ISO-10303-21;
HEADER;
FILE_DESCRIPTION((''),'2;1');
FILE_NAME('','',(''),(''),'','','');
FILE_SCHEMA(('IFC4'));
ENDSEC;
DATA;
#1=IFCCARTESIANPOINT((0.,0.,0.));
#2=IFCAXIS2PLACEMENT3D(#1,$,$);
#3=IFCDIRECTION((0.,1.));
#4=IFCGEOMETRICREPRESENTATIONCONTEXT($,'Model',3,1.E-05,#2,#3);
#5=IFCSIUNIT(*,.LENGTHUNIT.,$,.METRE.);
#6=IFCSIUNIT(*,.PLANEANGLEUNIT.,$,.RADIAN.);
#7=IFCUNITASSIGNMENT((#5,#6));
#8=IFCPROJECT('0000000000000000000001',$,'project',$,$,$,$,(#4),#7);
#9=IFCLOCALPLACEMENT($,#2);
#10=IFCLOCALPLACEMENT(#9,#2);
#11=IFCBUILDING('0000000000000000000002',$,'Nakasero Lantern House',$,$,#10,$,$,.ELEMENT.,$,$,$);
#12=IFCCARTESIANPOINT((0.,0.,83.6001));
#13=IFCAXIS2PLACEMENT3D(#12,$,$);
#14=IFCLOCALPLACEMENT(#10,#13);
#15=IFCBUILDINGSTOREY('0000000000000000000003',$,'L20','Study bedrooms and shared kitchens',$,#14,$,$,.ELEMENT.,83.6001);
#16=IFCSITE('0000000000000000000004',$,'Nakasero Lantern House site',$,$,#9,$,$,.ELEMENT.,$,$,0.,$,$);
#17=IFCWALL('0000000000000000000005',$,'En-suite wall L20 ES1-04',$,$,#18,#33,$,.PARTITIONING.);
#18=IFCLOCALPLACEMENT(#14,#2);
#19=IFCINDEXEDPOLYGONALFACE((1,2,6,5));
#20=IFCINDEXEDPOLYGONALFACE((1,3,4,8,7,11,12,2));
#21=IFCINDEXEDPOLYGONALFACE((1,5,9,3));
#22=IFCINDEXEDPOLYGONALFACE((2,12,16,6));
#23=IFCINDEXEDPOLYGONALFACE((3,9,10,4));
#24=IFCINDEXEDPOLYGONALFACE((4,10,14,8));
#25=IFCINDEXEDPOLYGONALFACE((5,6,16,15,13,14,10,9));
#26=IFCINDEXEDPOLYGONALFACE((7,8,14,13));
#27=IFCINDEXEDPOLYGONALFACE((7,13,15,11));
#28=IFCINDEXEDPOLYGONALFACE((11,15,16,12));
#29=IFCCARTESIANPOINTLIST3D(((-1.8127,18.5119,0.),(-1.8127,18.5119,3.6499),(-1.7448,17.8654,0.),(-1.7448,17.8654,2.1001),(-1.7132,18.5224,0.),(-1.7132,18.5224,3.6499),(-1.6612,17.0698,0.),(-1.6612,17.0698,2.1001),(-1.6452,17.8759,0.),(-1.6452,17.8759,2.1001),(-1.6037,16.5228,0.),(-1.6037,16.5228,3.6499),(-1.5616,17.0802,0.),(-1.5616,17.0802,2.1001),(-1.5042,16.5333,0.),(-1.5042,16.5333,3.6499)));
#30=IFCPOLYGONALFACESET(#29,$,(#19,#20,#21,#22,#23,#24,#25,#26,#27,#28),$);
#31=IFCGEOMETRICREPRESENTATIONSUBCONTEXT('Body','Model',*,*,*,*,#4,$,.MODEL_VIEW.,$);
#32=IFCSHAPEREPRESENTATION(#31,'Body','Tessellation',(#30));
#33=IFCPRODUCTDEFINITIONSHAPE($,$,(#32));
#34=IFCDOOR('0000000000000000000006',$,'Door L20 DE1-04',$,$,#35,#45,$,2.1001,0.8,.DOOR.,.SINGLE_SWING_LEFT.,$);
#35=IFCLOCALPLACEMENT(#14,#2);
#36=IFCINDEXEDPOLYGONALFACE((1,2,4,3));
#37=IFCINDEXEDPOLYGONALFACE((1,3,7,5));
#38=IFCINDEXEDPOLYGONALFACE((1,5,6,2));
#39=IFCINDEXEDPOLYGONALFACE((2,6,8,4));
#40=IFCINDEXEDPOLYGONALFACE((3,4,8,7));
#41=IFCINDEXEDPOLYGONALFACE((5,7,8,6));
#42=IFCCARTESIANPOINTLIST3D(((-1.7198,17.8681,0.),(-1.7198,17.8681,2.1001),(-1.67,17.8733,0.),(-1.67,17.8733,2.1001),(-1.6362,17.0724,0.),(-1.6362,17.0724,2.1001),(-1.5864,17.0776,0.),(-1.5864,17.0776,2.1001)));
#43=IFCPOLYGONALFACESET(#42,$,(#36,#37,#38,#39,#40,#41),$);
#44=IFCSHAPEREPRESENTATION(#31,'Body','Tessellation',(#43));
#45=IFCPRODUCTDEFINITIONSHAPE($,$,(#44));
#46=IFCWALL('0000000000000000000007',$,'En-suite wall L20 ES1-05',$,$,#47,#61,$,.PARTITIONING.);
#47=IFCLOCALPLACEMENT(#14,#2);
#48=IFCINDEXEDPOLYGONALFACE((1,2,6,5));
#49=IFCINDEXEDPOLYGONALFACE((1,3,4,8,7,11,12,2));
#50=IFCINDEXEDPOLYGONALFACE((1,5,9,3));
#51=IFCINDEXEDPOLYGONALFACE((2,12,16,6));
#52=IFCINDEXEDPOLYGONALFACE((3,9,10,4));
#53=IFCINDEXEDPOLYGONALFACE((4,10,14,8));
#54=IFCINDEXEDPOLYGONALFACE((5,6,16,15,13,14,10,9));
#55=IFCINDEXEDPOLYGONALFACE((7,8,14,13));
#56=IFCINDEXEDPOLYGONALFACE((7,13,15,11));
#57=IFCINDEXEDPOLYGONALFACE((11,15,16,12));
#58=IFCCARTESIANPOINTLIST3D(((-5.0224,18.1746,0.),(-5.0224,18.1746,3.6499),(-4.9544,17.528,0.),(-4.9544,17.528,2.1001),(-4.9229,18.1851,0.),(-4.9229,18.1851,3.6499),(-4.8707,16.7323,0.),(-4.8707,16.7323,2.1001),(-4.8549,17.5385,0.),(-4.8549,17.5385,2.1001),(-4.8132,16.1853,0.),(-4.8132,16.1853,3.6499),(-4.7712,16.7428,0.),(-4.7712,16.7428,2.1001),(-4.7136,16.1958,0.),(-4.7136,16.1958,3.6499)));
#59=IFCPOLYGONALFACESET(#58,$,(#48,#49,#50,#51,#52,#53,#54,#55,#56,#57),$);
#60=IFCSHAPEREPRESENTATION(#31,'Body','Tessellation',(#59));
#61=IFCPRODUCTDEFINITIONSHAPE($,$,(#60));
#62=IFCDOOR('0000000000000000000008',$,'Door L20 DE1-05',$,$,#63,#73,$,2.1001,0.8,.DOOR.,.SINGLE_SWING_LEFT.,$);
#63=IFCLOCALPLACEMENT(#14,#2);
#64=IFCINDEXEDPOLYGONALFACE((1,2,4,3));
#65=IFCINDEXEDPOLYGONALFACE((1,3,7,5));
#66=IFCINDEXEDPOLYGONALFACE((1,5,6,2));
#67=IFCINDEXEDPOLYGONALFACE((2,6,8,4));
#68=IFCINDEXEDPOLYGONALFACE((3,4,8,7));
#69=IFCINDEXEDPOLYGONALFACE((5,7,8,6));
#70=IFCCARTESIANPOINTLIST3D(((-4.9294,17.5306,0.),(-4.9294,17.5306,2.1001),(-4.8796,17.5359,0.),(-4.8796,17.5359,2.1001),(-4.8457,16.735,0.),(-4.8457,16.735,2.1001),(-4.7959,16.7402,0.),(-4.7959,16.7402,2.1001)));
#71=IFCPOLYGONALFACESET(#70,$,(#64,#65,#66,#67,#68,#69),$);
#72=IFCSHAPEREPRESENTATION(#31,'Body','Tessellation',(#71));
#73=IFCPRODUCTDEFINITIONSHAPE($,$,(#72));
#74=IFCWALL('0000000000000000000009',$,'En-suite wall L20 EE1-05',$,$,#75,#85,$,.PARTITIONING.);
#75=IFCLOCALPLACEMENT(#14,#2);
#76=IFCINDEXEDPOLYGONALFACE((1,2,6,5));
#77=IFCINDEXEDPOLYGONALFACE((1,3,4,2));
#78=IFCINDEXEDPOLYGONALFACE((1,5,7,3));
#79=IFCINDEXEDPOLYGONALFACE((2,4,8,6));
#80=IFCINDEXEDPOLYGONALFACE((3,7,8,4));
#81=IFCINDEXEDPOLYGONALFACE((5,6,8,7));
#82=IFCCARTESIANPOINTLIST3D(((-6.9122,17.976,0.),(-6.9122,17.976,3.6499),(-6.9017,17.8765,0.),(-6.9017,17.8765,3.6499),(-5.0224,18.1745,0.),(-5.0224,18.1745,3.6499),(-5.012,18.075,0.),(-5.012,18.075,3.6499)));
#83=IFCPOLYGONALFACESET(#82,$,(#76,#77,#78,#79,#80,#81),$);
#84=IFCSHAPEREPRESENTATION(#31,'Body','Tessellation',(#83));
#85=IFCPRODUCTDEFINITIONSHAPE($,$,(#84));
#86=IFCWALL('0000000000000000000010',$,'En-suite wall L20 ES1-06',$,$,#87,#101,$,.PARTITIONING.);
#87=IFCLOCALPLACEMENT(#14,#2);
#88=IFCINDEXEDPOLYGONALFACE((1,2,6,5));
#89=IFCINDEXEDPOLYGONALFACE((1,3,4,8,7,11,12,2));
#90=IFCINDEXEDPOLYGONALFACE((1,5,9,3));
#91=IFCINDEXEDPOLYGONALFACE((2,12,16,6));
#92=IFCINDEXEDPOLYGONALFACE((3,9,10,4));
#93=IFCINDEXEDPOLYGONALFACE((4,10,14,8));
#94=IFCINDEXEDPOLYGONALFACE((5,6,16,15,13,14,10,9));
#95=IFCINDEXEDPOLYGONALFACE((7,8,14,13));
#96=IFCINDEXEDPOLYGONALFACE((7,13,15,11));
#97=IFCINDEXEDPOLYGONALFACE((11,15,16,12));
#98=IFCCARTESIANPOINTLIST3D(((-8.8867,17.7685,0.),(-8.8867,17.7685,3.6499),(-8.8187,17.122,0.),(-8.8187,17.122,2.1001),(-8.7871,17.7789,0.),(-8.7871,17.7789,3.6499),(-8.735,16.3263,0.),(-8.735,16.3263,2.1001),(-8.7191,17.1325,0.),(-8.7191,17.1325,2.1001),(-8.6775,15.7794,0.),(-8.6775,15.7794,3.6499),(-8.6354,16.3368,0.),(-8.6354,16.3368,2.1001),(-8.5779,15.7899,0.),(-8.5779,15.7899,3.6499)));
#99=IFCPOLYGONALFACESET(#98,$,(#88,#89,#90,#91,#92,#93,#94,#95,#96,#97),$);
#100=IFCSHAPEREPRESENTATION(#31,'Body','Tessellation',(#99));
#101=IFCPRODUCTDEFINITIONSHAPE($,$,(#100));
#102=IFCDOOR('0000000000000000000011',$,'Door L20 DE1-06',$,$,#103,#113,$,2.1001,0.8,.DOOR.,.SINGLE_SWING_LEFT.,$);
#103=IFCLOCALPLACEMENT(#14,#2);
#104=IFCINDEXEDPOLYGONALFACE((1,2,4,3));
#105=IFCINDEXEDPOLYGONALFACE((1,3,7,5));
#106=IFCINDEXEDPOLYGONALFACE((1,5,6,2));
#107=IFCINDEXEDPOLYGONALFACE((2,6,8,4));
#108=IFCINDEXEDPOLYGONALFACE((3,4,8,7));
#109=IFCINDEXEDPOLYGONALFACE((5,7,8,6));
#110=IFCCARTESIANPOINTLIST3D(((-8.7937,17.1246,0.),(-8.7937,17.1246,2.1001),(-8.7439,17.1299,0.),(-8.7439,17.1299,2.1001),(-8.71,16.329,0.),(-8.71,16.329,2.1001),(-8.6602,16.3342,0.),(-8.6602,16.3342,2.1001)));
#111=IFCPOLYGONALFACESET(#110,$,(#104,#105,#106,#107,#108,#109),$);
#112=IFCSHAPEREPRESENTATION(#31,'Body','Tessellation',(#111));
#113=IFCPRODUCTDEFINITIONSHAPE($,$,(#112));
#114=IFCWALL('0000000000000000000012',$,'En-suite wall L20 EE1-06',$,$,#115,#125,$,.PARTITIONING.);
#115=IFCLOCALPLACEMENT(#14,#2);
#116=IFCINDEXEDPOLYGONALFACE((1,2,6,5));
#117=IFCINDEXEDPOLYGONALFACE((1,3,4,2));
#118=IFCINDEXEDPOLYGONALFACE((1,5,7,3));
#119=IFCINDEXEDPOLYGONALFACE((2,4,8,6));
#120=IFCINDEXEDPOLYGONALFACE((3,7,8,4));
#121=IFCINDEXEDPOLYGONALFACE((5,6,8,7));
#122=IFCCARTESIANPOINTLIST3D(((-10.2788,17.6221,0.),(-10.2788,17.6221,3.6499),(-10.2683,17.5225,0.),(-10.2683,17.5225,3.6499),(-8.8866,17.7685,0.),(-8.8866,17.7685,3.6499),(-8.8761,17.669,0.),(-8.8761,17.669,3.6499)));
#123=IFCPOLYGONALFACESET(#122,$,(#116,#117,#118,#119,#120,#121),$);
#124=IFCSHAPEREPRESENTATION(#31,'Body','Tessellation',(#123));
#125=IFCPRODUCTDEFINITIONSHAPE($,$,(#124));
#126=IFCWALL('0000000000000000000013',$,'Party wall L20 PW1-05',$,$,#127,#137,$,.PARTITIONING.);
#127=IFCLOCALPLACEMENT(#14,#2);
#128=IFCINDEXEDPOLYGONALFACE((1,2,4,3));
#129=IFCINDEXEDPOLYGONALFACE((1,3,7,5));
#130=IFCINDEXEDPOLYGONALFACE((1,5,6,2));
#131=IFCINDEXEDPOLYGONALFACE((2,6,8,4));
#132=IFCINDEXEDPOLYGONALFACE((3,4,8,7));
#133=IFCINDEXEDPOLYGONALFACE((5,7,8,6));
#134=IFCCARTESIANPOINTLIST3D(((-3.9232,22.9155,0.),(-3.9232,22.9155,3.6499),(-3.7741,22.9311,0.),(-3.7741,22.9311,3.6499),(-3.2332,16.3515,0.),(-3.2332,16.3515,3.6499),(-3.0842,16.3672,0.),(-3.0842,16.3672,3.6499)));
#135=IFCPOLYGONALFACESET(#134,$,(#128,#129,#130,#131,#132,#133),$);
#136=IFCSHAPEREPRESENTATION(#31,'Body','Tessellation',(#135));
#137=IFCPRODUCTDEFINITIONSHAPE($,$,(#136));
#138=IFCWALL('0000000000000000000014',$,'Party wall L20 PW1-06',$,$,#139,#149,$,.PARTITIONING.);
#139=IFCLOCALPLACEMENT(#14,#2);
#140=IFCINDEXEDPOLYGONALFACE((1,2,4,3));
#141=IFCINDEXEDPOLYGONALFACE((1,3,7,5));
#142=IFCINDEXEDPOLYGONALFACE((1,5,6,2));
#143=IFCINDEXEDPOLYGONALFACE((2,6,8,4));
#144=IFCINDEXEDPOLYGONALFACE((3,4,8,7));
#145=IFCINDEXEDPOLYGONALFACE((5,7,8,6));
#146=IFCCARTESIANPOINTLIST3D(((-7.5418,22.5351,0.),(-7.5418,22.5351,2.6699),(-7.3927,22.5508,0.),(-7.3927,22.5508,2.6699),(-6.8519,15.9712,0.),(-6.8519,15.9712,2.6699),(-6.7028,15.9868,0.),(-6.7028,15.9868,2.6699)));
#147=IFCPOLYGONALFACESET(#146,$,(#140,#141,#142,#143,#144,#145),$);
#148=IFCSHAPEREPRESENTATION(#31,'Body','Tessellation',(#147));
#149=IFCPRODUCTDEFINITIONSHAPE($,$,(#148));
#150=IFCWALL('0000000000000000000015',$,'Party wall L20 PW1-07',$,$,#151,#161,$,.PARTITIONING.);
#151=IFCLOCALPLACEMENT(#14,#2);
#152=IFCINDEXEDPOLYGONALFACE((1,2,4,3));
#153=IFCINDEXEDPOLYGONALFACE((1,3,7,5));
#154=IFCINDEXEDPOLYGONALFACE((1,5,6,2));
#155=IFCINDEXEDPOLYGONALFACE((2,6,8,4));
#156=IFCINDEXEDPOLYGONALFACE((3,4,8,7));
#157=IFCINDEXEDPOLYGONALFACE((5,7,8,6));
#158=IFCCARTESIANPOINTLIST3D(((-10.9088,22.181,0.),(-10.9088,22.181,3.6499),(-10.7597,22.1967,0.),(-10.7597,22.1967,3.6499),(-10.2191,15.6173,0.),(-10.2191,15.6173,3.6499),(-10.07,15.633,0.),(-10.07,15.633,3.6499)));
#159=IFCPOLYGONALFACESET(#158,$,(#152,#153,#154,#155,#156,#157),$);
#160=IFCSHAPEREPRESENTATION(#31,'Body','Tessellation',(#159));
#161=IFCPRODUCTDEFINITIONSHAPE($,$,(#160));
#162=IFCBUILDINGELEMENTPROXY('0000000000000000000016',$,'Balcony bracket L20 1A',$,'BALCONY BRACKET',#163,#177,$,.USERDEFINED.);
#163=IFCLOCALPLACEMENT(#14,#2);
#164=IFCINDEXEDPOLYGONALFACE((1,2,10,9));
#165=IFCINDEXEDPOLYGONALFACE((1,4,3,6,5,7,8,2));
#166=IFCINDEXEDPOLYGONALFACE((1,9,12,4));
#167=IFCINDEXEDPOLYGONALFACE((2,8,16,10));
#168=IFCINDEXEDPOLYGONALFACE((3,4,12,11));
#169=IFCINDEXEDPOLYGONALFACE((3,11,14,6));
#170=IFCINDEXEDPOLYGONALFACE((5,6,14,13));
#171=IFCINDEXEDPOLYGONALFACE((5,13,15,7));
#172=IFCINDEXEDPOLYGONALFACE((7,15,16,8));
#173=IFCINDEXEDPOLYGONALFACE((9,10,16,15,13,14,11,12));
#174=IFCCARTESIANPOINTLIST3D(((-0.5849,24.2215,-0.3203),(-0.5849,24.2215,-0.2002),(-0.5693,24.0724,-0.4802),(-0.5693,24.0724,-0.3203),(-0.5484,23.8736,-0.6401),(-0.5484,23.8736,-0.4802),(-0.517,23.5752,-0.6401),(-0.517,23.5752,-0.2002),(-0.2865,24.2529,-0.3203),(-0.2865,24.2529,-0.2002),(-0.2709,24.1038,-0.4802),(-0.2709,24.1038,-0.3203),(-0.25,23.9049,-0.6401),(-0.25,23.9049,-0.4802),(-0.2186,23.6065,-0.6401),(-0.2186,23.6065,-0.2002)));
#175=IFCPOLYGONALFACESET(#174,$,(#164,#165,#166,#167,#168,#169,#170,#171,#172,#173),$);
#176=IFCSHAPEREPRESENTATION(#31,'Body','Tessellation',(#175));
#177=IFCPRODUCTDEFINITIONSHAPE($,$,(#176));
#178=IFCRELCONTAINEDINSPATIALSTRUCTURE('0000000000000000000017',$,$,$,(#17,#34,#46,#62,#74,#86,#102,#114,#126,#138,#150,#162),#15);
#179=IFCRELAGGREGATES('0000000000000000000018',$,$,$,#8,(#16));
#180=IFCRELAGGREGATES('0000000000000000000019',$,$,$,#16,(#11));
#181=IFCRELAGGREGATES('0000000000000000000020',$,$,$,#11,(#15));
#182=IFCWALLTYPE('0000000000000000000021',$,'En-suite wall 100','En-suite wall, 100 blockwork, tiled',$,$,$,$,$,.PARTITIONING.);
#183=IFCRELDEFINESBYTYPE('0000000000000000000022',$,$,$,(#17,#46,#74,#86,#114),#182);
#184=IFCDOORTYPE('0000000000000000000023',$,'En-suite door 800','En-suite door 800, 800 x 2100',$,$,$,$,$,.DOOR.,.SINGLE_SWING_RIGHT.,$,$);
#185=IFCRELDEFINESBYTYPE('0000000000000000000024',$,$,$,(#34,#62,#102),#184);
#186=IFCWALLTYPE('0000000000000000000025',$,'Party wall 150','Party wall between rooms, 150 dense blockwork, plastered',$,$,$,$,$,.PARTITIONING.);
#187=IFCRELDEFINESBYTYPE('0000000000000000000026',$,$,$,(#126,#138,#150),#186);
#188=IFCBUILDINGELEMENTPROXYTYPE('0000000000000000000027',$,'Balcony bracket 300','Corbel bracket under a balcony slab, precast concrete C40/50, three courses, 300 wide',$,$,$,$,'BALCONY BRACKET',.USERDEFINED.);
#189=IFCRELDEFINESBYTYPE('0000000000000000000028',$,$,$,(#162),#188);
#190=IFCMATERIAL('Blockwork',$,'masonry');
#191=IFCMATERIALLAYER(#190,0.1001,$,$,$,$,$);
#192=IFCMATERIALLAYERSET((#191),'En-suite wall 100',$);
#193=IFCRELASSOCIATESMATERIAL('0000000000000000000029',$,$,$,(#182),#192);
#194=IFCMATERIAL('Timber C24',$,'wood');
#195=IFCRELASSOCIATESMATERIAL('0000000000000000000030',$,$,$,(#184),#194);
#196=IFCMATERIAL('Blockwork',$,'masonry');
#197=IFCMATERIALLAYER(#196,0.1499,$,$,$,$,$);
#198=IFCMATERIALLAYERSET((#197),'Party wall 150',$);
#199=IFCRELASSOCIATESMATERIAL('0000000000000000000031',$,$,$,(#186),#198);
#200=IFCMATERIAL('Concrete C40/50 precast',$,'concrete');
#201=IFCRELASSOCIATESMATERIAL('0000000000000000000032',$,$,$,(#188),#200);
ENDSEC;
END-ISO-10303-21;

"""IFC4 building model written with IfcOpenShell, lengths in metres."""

from ifc_helpers import new_model, si_unit, direction, frame, frame_2d, origin, place, context, subcontext, project, spatial, polyline, rectangle, outline, extrude, material, layer, layer_set, type_object, element, fill, save


model = new_model("IFC4")

# Units and contexts
model_context = context("Model", 3, precision=1e-05, world=origin(), true_north=direction((0.0, 1.0)))
body_context = subcontext(model_context, "Body", "Model", "MODEL_VIEW")
ifc_project = project(units=[si_unit("LENGTHUNIT", "METRE"), si_unit("PLANEANGLEUNIT", "RADIAN")], contexts=[model_context])

# Site, building, storey
site_placement = place(None, origin())
site = spatial("IfcSite", under=ifc_project, at=site_placement, Name="Nakasero Lantern House site", CompositionType="ELEMENT", RefElevation=0.0)
building_placement = place(site_placement, origin())
building = spatial("IfcBuilding", under=site, at=building_placement, Name="Nakasero Lantern House", CompositionType="ELEMENT")
storey_placement = place(building_placement, frame((0.0, 0.0, 83.6001)))
storey = spatial("IfcBuildingStorey", under=building, at=storey_placement, Name="L20", Description="Study bedrooms and shared kitchens", CompositionType="ELEMENT", Elevation=83.6001)

# Walls, openings, doors
ifc_material_1 = material(Name="Blockwork", Category="masonry")
ifc_layer_1 = layer(ifc_material_1, 0.1001)
ifc_layer_set_1 = layer_set([ifc_layer_1], Name="En-suite wall 100")
wall_type_1 = type_object("IfcWallType", Name="En-suite wall 100", Description="En-suite wall, 100 blockwork, tiled", PredefinedType="PARTITIONING", material=ifc_layer_set_1)
wall_1_placement = place(storey_placement, frame((-1.554, 16.5281, 0.0), z_axis=(0.0, 0.0, 1.0), x_axis=(-0.104494, 0.994526, 0.0)))
wall_1 = element("IfcWall", 1, at=wall_1_placement, inside=storey, type_object=wall_type_1, Name="En-suite wall L20 ES1-04", PredefinedType="PARTITIONING", context=body_context, shape_type="SweptSolid", body=[
    extrude(rectangle(XDim=2.0, YDim=0.1001, at=frame_2d((1.0, 0.0))), origin(), (0.0, 0.0, 1.0), 3.6499),
])
opening_1_placement = place(wall_1_placement, frame((0.55, 0.0, 0.0)))
opening_1 = element("IfcOpeningElement", 2, at=opening_1_placement, cuts=wall_1, PredefinedType="OPENING", context=body_context, shape_type="SweptSolid", body=[
    extrude(rectangle(XDim=0.8, YDim=2.1001, at=frame_2d((0.3999, 1.05))), frame((0.0, 0.0701, 0.0), z_axis=(0.0, -1.0, 0.0), x_axis=(1.0, 0.0, 0.0)), (0.0, 0.0, 1.0), 0.1401),
])
ifc_material_2 = material(Name="Timber C24", Category="wood")
door_type = type_object("IfcDoorType", Name="En-suite door 800", Description="En-suite door 800, 800 x 2100", OperationType="SINGLE_SWING_RIGHT", PredefinedType="DOOR", material=ifc_material_2)
door_1_placement = place(opening_1_placement, origin())
door_1 = element("IfcDoor", 3, at=door_1_placement, inside=storey, type_object=door_type, Name="Door L20 DE1-04", OperationType="SINGLE_SWING_LEFT", OverallHeight=2.1001, OverallWidth=0.8, PredefinedType="DOOR", context=body_context, shape_type="SweptSolid", body=[
    extrude(rectangle(XDim=0.8, YDim=2.1001, at=frame_2d((0.3999, 1.05))), frame((0.0, 0.0249, 0.0), z_axis=(0.0, -1.0, 0.0), x_axis=(1.0, 0.0, 0.0)), (0.0, 0.0, 1.0), 0.05),
])
fill(opening_1, door_1)
wall_2_placement = place(storey_placement, frame((-4.7634, 16.1907, 0.0), z_axis=(0.0, 0.0, 1.0), x_axis=(-0.104602, 0.994514, 0.0)))
wall_2 = element("IfcWall", 4, at=wall_2_placement, inside=storey, type_object=wall_type_1, Name="En-suite wall L20 ES1-05", PredefinedType="PARTITIONING", context=body_context, shape_type="SweptSolid", body=[
    extrude(rectangle(XDim=2.0002, YDim=0.1001, at=frame_2d((1.0, 0.0))), origin(), (0.0, 0.0, 1.0), 3.6499),
])
opening_2_placement = place(wall_2_placement, frame((0.55, 0.0, 0.0)))
opening_2 = element("IfcOpeningElement", 5, at=opening_2_placement, cuts=wall_2, PredefinedType="OPENING", context=body_context, shape_type="SweptSolid", body=[
    extrude(rectangle(XDim=0.8, YDim=2.1001, at=frame_2d((0.3999, 1.05))), frame((0.0, 0.0701, 0.0), z_axis=(0.0, -1.0, 0.0), x_axis=(1.0, 0.0, 0.0)), (0.0, 0.0, 1.0), 0.1401),
])
door_2_placement = place(opening_2_placement, origin())
door_2 = element("IfcDoor", 6, at=door_2_placement, inside=storey, type_object=door_type, Name="Door L20 DE1-05", OperationType="SINGLE_SWING_LEFT", OverallHeight=2.1001, OverallWidth=0.8, PredefinedType="DOOR", context=body_context, shape_type="SweptSolid", body=[
    extrude(rectangle(XDim=0.8, YDim=2.1001, at=frame_2d((0.3999, 1.05))), frame((0.0, 0.0249, 0.0), z_axis=(0.0, -1.0, 0.0), x_axis=(1.0, 0.0, 0.0)), (0.0, 0.0, 1.0), 0.05),
])
fill(opening_2, door_2)

# Wall
wall_3_placement = place(storey_placement, frame((-5.0171, 18.1248, 0.0), z_axis=(0.0, 0.0, 1.0), x_axis=(-0.994529, -0.104464, 0.0)))
element("IfcWall", 7, at=wall_3_placement, inside=storey, type_object=wall_type_1, Name="En-suite wall L20 EE1-05", PredefinedType="PARTITIONING", context=body_context, shape_type="SweptSolid", body=[
    extrude(rectangle(XDim=1.9001, YDim=0.1001, at=frame_2d((0.9502, 0.0))), origin(), (0.0, 0.0, 1.0), 3.6499),
])

# Wall, opening, door
wall_4_placement = place(storey_placement, frame((-8.6277, 15.7847, 0.0), z_axis=(0.0, 0.0, 1.0), x_axis=(-0.104615, 0.994513, 0.0)))
wall_4 = element("IfcWall", 8, at=wall_4_placement, inside=storey, type_object=wall_type_1, Name="En-suite wall L20 ES1-06", PredefinedType="PARTITIONING", context=body_context, shape_type="SweptSolid", body=[
    extrude(rectangle(XDim=2.0, YDim=0.1001, at=frame_2d((1.0, 0.0))), origin(), (0.0, 0.0, 1.0), 3.6499),
])
opening_3_placement = place(wall_4_placement, frame((0.55, 0.0, 0.0)))
opening_3 = element("IfcOpeningElement", 9, at=opening_3_placement, cuts=wall_4, PredefinedType="OPENING", context=body_context, shape_type="SweptSolid", body=[
    extrude(rectangle(XDim=0.8, YDim=2.1001, at=frame_2d((0.3999, 1.05))), frame((0.0, 0.0701, 0.0), z_axis=(0.0, -1.0, 0.0), x_axis=(1.0, 0.0, 0.0)), (0.0, 0.0, 1.0), 0.1401),
])
door_3_placement = place(opening_3_placement, origin())
door_3 = element("IfcDoor", 10, at=door_3_placement, inside=storey, type_object=door_type, Name="Door L20 DE1-06", OperationType="SINGLE_SWING_LEFT", OverallHeight=2.1001, OverallWidth=0.8, PredefinedType="DOOR", context=body_context, shape_type="SweptSolid", body=[
    extrude(rectangle(XDim=0.8, YDim=2.1001, at=frame_2d((0.3999, 1.05))), frame((0.0, 0.0249, 0.0), z_axis=(0.0, -1.0, 0.0), x_axis=(1.0, 0.0, 0.0)), (0.0, 0.0, 1.0), 0.05),
])
fill(opening_3, door_3)

# Walls
wall_5_placement = place(storey_placement, frame((-8.8813, 17.7188, 0.0), z_axis=(0.0, 0.0, 1.0), x_axis=(-0.994511, -0.10463, 0.0)))
element("IfcWall", 11, at=wall_5_placement, inside=storey, type_object=wall_type_1, Name="En-suite wall L20 EE1-06", PredefinedType="PARTITIONING", context=body_context, shape_type="SweptSolid", body=[
    extrude(rectangle(XDim=1.3999, YDim=0.1001, at=frame_2d((0.7, 0.0))), origin(), (0.0, 0.0, 1.0), 3.6499),
])
ifc_material_3 = material(Name="Blockwork", Category="masonry")
ifc_layer_2 = layer(ifc_material_3, 0.1499)
ifc_layer_set_2 = layer_set([ifc_layer_2], Name="Party wall 150")
wall_type_2 = type_object("IfcWallType", Name="Party wall 150", Description="Party wall between rooms, 150 dense blockwork, plastered", PredefinedType="PARTITIONING", material=ifc_layer_set_2)
wall_6_placement = place(storey_placement, frame((-3.1587, 16.3594, 0.0), z_axis=(0.0, 0.0, 1.0), x_axis=(-0.104535, 0.994521, 0.0)))
element("IfcWall", 12, at=wall_6_placement, inside=storey, type_object=wall_type_2, Name="Party wall L20 PW1-05", PredefinedType="PARTITIONING", context=body_context, shape_type="SweptSolid", body=[
    extrude(rectangle(XDim=6.6001, YDim=0.1499, at=frame_2d((3.3, 0.0))), origin(), (0.0, 0.0, 1.0), 3.6499),
])
wall_7_placement = place(storey_placement, frame((-6.7773, 15.979, 0.0), z_axis=(0.0, 0.0, 1.0), x_axis=(-0.104535, 0.994521, 0.0)))
element("IfcWall", 13, at=wall_7_placement, inside=storey, type_object=wall_type_2, Name="Party wall L20 PW1-06", PredefinedType="PARTITIONING", context=body_context, shape_type="SweptSolid", body=[
    extrude(rectangle(XDim=6.6001, YDim=0.1499, at=frame_2d((3.3, 0.0))), origin(), (0.0, 0.0, 1.0), 2.6699),
])
wall_8_placement = place(storey_placement, frame((-10.1445, 15.6252, 0.0), z_axis=(0.0, 0.0, 1.0), x_axis=(-0.104502, 0.994525, 0.0)))
element("IfcWall", 14, at=wall_8_placement, inside=storey, type_object=wall_type_2, Name="Party wall L20 PW1-07", PredefinedType="PARTITIONING", context=body_context, shape_type="SweptSolid", body=[
    extrude(rectangle(XDim=6.5999, YDim=0.1499, at=frame_2d((3.2998, 0.0))), origin(), (0.0, 0.0, 1.0), 3.6499),
])

# Building element proxy
ifc_material_4 = material(Name="Concrete C40/50 precast", Category="concrete")
building_element_proxy_type = type_object("IfcBuildingElementProxyType", Name="Balcony bracket 300", Description="Corbel bracket under a balcony slab, precast concrete C40/50, three courses, 300 wide", ElementType="BALCONY BRACKET", PredefinedType="USERDEFINED", material=ifc_material_4)
for number, where, z_axis, x_axis, name in (
    (15, (-0.3679, 23.5908, -0.2002), (0.0, 0.0, 1.0), (-0.104528, 0.994522, 0.0), "Balcony bracket L20 1A"),
):
    element("IfcBuildingElementProxy", number, at=place(storey_placement, frame(where, z_axis=z_axis, x_axis=x_axis)), inside=storey, type_object=building_element_proxy_type, Name=name, ObjectType="BALCONY BRACKET", PredefinedType="USERDEFINED", context=body_context, shape_type="SweptSolid", body=[
        extrude(outline(polyline([(0.0, 0.0), (0.6499, 0.0), (0.6499, -0.1201), (0.5, -0.1201), (0.5, -0.28), (0.3, -0.28), (0.3, -0.4399), (0.0, -0.4399), (0.0, 0.0)])), frame((0.0, 0.1499, 0.0), z_axis=(0.0, -1.0, 0.0), x_axis=(1.0, 0.0, 0.0)), (0.0, 0.0, 1.0), 0.3),
    ])

save(model, "model.ifc")
